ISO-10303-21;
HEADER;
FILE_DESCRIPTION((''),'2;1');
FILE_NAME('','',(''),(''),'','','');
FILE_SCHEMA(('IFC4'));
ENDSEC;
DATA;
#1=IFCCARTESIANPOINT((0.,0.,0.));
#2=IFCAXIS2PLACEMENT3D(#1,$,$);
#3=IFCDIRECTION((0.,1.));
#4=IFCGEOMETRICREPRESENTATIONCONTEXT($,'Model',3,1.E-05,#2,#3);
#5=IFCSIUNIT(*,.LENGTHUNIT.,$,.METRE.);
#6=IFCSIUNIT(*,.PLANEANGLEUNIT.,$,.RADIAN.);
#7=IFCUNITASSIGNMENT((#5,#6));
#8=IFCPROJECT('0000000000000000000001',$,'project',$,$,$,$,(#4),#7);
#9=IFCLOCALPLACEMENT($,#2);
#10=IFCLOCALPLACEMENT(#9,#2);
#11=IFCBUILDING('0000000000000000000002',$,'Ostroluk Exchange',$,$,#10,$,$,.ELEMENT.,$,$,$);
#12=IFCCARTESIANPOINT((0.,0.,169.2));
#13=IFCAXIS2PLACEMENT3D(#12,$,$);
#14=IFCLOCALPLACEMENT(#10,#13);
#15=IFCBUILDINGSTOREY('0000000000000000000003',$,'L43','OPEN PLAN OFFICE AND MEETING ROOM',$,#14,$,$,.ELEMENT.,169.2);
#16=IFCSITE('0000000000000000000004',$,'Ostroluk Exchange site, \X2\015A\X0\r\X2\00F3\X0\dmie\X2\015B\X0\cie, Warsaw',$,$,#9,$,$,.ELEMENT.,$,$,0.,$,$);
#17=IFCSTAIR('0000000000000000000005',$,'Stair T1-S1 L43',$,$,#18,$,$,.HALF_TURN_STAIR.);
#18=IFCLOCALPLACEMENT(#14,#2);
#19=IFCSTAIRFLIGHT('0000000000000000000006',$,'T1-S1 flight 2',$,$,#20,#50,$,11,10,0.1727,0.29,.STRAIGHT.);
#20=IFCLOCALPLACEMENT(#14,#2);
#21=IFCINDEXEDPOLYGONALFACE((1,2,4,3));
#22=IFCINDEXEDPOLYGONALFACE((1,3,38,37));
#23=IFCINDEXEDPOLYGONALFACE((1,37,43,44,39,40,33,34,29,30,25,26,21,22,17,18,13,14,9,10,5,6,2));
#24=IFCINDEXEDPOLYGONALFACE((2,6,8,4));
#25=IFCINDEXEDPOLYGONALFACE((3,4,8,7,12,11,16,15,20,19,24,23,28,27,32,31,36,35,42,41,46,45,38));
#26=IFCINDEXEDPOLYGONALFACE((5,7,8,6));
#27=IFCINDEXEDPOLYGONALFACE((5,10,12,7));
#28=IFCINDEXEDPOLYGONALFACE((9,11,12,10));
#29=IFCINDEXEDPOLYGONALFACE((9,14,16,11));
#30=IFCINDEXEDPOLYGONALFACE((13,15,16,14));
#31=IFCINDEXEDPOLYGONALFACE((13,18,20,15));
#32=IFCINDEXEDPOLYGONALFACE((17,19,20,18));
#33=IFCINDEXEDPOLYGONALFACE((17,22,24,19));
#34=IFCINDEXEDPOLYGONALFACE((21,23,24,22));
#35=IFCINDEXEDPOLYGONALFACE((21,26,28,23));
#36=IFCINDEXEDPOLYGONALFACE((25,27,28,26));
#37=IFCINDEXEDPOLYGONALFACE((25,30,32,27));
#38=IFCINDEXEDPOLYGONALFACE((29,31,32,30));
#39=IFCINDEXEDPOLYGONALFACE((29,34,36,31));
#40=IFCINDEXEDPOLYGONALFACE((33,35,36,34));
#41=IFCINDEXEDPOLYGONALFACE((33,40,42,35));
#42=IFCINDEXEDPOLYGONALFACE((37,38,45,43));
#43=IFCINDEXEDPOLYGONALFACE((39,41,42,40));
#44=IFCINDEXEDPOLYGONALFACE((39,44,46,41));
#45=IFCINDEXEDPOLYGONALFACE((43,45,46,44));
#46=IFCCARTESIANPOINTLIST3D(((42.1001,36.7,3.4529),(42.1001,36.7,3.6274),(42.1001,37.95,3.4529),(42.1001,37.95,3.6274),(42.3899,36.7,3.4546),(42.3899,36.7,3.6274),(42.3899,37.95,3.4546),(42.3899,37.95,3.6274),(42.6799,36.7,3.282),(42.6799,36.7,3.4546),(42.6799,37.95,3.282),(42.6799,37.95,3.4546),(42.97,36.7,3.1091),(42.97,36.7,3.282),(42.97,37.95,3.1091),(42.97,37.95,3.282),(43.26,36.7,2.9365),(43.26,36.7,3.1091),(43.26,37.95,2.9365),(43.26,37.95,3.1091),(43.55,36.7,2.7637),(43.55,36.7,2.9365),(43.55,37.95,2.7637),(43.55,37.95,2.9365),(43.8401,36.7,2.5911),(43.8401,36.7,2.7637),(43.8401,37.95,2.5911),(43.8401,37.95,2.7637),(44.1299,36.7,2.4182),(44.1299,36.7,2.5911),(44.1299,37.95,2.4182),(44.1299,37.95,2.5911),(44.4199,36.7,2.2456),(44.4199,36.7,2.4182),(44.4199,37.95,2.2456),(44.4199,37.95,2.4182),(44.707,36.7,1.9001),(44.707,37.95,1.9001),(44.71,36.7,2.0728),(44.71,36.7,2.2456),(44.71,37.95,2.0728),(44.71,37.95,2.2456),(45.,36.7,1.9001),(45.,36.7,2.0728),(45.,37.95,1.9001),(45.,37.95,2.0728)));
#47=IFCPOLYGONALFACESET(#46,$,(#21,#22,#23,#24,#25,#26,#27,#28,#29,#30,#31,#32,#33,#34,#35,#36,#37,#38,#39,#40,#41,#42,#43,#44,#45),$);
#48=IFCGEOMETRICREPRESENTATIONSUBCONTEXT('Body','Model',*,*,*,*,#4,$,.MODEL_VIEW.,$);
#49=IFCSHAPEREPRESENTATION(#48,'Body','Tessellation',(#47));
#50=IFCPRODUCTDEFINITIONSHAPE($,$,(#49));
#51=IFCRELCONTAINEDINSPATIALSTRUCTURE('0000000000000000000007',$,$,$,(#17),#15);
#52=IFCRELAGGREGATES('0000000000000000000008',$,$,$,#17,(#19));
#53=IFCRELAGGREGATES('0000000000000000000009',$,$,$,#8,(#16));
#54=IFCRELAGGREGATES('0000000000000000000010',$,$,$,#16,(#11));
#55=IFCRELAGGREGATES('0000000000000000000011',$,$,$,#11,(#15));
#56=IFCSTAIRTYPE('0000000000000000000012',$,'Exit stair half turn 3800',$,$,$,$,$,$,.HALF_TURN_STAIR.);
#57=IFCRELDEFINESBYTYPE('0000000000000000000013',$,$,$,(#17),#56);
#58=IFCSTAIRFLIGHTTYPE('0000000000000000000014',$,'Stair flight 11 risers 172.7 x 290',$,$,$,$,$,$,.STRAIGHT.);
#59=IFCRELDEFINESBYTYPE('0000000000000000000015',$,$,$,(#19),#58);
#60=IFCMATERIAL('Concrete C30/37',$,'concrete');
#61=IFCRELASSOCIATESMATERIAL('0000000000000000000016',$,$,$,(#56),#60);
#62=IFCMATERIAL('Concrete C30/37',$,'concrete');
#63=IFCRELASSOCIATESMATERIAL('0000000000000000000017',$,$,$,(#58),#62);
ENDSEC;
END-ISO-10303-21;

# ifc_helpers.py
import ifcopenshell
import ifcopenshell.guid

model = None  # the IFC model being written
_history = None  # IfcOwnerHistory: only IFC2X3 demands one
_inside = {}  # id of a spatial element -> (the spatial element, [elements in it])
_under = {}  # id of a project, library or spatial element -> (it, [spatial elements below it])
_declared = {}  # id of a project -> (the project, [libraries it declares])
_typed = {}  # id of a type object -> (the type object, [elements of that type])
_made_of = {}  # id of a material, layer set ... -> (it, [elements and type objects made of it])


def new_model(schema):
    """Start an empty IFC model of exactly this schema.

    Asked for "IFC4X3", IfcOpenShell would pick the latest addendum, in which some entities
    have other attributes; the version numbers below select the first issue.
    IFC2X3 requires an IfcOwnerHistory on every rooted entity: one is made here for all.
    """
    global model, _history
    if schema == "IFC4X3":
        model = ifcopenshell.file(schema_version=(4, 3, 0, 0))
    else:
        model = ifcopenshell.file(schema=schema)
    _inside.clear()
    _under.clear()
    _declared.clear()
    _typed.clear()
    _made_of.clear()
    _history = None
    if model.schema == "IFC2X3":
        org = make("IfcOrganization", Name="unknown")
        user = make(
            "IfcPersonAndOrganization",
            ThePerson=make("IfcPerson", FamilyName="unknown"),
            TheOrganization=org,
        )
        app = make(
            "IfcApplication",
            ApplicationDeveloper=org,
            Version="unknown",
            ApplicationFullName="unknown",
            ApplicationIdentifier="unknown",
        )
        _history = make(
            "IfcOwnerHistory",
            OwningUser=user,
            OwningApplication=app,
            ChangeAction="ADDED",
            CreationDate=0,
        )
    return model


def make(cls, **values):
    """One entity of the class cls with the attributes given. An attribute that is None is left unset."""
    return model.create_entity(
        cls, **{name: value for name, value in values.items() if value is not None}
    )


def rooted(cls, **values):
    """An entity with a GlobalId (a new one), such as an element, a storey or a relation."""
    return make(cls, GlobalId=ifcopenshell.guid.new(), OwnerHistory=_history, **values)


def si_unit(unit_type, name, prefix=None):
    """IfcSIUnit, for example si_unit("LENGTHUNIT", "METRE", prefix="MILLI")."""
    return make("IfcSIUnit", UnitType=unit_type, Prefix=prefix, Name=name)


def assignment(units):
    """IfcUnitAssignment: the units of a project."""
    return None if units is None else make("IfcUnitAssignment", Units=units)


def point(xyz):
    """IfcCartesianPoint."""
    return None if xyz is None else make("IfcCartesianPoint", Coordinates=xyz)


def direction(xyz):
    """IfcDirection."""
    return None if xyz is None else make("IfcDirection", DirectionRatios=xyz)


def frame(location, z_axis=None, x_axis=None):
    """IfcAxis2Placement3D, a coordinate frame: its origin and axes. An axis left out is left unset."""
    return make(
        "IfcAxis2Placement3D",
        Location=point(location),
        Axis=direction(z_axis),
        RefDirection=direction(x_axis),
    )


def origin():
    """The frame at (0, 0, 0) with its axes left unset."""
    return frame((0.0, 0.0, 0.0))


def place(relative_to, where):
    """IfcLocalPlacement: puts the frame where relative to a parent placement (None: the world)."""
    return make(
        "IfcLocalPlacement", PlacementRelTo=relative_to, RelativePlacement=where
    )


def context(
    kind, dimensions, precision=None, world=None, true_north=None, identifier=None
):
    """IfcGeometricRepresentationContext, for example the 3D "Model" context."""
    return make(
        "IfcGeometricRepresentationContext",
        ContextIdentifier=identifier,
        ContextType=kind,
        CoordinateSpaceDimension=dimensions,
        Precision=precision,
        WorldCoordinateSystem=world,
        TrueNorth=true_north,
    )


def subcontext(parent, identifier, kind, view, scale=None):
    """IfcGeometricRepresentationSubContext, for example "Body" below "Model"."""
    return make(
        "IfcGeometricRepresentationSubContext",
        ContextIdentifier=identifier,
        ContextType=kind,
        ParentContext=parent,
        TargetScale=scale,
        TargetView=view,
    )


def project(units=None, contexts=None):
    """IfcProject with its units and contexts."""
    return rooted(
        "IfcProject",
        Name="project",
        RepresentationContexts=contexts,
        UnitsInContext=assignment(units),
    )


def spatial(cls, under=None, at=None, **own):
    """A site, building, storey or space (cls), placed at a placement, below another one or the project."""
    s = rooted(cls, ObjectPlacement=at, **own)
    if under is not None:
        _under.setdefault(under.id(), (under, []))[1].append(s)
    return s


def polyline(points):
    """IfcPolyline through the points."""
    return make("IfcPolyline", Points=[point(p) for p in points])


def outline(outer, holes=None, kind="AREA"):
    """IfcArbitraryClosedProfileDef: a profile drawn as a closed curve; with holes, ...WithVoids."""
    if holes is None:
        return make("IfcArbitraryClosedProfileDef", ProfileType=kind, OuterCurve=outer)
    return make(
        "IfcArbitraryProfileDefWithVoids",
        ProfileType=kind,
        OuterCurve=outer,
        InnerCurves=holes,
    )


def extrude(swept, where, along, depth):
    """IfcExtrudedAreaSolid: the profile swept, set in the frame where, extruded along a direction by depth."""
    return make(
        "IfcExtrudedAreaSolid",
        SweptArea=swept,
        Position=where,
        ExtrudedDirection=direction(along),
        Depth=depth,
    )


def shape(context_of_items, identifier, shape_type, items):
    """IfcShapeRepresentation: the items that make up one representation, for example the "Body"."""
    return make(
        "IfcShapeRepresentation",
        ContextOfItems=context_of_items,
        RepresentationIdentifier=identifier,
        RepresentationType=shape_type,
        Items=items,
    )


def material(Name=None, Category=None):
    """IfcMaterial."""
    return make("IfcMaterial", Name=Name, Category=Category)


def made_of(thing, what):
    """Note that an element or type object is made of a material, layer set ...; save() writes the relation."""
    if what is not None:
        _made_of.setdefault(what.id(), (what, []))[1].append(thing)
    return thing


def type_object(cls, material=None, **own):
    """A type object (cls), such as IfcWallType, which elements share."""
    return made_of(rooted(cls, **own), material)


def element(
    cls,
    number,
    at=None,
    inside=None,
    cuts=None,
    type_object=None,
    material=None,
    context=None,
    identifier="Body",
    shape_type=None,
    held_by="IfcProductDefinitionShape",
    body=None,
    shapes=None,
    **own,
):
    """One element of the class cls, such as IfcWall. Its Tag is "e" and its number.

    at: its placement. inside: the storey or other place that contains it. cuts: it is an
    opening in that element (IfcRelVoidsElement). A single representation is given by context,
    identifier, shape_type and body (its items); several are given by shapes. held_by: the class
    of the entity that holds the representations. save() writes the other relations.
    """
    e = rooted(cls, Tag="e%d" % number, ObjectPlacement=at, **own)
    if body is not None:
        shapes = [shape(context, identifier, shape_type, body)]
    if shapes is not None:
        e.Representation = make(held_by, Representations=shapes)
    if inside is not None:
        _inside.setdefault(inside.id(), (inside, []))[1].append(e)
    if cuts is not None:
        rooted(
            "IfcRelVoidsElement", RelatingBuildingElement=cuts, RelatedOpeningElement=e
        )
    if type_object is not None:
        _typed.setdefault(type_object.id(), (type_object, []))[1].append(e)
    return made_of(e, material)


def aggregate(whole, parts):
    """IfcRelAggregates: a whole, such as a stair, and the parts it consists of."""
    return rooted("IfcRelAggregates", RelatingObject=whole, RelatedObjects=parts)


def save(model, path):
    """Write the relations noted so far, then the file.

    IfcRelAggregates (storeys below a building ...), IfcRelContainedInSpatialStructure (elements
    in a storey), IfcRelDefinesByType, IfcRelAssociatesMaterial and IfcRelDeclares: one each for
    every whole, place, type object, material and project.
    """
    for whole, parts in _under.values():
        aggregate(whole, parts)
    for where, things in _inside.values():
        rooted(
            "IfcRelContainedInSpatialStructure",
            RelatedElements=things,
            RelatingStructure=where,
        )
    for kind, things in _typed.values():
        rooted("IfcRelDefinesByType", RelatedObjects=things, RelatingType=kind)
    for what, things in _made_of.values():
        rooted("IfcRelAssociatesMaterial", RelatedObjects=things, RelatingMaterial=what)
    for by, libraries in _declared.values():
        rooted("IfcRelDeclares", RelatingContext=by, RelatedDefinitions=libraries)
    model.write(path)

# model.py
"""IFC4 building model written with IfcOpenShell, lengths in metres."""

from ifc_helpers import new_model, si_unit, direction, frame, origin, place, context, subcontext, project, spatial, polyline, outline, extrude, material, type_object, element, aggregate, save


model = new_model("IFC4")

# Units and contexts
model_context = context("Model", 3, precision=1e-05, world=origin(), true_north=direction((0.0, 1.0)))
body_context = subcontext(model_context, "Body", "Model", "MODEL_VIEW")
ifc_project = project(units=[si_unit("LENGTHUNIT", "METRE"), si_unit("PLANEANGLEUNIT", "RADIAN")], contexts=[model_context])

# Site, building, storey
site_placement = place(None, origin())
site = spatial("IfcSite", under=ifc_project, at=site_placement, Name="Ostroluk Exchange site, Śródmieście, Warsaw", CompositionType="ELEMENT", RefElevation=0.0)
building_placement = place(site_placement, origin())
building = spatial("IfcBuilding", under=site, at=building_placement, Name="Ostroluk Exchange", CompositionType="ELEMENT")
storey_placement = place(building_placement, frame((0.0, 0.0, 169.2)))
storey = spatial("IfcBuildingStorey", under=building, at=storey_placement, Name="L43", Description="OPEN PLAN OFFICE AND MEETING ROOM", CompositionType="ELEMENT", Elevation=169.2)

# Stair, stair flight
ifc_material_1 = material(Name="Concrete C30/37", Category="concrete")
stair_type = type_object("IfcStairType", Name="Exit stair half turn 3800", PredefinedType="HALF_TURN_STAIR", material=ifc_material_1)
stair_placement = place(storey_placement, origin())
stair = element("IfcStair", 1, at=stair_placement, inside=storey, type_object=stair_type, Name="Stair T1-S1 L43", PredefinedType="HALF_TURN_STAIR")
ifc_material_2 = material(Name="Concrete C30/37", Category="concrete")
stair_flight_type = type_object("IfcStairFlightType", Name="Stair flight 11 risers 172.7 x 290", PredefinedType="STRAIGHT", material=ifc_material_2)
stair_flight_1_placement = place(storey_placement, frame((45.0, 37.325, 1.9001), z_axis=(0.0, 0.0, 1.0), x_axis=(-1.0, 0.0, 0.0)))
stair_flight_1 = element("IfcStairFlight", 2, at=stair_flight_1_placement, type_object=stair_flight_type, Name="T1-S1 flight 2", NumberOfRisers=11, NumberOfTreads=10, PredefinedType="STRAIGHT", RiserHeight=0.1727, TreadLength=0.29, context=body_context, shape_type="SweptSolid", body=[
    extrude(outline(polyline([(0.0, 0.0), (0.0, 0.1726), (0.29, 0.1726), (0.29, 0.3455), (0.5801, 0.3455), (0.5801, 0.5181), (0.8701, 0.5181), (0.8701, 0.6909), (1.1599, 0.6909), (1.1599, 0.8635), (1.45, 0.8635), (1.45, 1.0364), (1.74, 1.0364), (1.74, 1.209), (2.03, 1.209), (2.03, 1.3818), (2.3201, 1.3818), (2.3201, 1.5544), (2.6101, 1.5544), (2.6101, 1.7273), (2.8999, 1.7273), (2.8999, 1.8999), (2.8999, 1.5527), (0.293, 0.0), (0.0, 0.0)])), frame((0.0, 0.625, 0.0), z_axis=(0.0, -1.0, 0.0), x_axis=(1.0, 0.0, 0.0)), (0.0, 0.0, 1.0), 1.25),
])
aggregate(stair, [stair_flight_1])

save(model, "model.ifc")
